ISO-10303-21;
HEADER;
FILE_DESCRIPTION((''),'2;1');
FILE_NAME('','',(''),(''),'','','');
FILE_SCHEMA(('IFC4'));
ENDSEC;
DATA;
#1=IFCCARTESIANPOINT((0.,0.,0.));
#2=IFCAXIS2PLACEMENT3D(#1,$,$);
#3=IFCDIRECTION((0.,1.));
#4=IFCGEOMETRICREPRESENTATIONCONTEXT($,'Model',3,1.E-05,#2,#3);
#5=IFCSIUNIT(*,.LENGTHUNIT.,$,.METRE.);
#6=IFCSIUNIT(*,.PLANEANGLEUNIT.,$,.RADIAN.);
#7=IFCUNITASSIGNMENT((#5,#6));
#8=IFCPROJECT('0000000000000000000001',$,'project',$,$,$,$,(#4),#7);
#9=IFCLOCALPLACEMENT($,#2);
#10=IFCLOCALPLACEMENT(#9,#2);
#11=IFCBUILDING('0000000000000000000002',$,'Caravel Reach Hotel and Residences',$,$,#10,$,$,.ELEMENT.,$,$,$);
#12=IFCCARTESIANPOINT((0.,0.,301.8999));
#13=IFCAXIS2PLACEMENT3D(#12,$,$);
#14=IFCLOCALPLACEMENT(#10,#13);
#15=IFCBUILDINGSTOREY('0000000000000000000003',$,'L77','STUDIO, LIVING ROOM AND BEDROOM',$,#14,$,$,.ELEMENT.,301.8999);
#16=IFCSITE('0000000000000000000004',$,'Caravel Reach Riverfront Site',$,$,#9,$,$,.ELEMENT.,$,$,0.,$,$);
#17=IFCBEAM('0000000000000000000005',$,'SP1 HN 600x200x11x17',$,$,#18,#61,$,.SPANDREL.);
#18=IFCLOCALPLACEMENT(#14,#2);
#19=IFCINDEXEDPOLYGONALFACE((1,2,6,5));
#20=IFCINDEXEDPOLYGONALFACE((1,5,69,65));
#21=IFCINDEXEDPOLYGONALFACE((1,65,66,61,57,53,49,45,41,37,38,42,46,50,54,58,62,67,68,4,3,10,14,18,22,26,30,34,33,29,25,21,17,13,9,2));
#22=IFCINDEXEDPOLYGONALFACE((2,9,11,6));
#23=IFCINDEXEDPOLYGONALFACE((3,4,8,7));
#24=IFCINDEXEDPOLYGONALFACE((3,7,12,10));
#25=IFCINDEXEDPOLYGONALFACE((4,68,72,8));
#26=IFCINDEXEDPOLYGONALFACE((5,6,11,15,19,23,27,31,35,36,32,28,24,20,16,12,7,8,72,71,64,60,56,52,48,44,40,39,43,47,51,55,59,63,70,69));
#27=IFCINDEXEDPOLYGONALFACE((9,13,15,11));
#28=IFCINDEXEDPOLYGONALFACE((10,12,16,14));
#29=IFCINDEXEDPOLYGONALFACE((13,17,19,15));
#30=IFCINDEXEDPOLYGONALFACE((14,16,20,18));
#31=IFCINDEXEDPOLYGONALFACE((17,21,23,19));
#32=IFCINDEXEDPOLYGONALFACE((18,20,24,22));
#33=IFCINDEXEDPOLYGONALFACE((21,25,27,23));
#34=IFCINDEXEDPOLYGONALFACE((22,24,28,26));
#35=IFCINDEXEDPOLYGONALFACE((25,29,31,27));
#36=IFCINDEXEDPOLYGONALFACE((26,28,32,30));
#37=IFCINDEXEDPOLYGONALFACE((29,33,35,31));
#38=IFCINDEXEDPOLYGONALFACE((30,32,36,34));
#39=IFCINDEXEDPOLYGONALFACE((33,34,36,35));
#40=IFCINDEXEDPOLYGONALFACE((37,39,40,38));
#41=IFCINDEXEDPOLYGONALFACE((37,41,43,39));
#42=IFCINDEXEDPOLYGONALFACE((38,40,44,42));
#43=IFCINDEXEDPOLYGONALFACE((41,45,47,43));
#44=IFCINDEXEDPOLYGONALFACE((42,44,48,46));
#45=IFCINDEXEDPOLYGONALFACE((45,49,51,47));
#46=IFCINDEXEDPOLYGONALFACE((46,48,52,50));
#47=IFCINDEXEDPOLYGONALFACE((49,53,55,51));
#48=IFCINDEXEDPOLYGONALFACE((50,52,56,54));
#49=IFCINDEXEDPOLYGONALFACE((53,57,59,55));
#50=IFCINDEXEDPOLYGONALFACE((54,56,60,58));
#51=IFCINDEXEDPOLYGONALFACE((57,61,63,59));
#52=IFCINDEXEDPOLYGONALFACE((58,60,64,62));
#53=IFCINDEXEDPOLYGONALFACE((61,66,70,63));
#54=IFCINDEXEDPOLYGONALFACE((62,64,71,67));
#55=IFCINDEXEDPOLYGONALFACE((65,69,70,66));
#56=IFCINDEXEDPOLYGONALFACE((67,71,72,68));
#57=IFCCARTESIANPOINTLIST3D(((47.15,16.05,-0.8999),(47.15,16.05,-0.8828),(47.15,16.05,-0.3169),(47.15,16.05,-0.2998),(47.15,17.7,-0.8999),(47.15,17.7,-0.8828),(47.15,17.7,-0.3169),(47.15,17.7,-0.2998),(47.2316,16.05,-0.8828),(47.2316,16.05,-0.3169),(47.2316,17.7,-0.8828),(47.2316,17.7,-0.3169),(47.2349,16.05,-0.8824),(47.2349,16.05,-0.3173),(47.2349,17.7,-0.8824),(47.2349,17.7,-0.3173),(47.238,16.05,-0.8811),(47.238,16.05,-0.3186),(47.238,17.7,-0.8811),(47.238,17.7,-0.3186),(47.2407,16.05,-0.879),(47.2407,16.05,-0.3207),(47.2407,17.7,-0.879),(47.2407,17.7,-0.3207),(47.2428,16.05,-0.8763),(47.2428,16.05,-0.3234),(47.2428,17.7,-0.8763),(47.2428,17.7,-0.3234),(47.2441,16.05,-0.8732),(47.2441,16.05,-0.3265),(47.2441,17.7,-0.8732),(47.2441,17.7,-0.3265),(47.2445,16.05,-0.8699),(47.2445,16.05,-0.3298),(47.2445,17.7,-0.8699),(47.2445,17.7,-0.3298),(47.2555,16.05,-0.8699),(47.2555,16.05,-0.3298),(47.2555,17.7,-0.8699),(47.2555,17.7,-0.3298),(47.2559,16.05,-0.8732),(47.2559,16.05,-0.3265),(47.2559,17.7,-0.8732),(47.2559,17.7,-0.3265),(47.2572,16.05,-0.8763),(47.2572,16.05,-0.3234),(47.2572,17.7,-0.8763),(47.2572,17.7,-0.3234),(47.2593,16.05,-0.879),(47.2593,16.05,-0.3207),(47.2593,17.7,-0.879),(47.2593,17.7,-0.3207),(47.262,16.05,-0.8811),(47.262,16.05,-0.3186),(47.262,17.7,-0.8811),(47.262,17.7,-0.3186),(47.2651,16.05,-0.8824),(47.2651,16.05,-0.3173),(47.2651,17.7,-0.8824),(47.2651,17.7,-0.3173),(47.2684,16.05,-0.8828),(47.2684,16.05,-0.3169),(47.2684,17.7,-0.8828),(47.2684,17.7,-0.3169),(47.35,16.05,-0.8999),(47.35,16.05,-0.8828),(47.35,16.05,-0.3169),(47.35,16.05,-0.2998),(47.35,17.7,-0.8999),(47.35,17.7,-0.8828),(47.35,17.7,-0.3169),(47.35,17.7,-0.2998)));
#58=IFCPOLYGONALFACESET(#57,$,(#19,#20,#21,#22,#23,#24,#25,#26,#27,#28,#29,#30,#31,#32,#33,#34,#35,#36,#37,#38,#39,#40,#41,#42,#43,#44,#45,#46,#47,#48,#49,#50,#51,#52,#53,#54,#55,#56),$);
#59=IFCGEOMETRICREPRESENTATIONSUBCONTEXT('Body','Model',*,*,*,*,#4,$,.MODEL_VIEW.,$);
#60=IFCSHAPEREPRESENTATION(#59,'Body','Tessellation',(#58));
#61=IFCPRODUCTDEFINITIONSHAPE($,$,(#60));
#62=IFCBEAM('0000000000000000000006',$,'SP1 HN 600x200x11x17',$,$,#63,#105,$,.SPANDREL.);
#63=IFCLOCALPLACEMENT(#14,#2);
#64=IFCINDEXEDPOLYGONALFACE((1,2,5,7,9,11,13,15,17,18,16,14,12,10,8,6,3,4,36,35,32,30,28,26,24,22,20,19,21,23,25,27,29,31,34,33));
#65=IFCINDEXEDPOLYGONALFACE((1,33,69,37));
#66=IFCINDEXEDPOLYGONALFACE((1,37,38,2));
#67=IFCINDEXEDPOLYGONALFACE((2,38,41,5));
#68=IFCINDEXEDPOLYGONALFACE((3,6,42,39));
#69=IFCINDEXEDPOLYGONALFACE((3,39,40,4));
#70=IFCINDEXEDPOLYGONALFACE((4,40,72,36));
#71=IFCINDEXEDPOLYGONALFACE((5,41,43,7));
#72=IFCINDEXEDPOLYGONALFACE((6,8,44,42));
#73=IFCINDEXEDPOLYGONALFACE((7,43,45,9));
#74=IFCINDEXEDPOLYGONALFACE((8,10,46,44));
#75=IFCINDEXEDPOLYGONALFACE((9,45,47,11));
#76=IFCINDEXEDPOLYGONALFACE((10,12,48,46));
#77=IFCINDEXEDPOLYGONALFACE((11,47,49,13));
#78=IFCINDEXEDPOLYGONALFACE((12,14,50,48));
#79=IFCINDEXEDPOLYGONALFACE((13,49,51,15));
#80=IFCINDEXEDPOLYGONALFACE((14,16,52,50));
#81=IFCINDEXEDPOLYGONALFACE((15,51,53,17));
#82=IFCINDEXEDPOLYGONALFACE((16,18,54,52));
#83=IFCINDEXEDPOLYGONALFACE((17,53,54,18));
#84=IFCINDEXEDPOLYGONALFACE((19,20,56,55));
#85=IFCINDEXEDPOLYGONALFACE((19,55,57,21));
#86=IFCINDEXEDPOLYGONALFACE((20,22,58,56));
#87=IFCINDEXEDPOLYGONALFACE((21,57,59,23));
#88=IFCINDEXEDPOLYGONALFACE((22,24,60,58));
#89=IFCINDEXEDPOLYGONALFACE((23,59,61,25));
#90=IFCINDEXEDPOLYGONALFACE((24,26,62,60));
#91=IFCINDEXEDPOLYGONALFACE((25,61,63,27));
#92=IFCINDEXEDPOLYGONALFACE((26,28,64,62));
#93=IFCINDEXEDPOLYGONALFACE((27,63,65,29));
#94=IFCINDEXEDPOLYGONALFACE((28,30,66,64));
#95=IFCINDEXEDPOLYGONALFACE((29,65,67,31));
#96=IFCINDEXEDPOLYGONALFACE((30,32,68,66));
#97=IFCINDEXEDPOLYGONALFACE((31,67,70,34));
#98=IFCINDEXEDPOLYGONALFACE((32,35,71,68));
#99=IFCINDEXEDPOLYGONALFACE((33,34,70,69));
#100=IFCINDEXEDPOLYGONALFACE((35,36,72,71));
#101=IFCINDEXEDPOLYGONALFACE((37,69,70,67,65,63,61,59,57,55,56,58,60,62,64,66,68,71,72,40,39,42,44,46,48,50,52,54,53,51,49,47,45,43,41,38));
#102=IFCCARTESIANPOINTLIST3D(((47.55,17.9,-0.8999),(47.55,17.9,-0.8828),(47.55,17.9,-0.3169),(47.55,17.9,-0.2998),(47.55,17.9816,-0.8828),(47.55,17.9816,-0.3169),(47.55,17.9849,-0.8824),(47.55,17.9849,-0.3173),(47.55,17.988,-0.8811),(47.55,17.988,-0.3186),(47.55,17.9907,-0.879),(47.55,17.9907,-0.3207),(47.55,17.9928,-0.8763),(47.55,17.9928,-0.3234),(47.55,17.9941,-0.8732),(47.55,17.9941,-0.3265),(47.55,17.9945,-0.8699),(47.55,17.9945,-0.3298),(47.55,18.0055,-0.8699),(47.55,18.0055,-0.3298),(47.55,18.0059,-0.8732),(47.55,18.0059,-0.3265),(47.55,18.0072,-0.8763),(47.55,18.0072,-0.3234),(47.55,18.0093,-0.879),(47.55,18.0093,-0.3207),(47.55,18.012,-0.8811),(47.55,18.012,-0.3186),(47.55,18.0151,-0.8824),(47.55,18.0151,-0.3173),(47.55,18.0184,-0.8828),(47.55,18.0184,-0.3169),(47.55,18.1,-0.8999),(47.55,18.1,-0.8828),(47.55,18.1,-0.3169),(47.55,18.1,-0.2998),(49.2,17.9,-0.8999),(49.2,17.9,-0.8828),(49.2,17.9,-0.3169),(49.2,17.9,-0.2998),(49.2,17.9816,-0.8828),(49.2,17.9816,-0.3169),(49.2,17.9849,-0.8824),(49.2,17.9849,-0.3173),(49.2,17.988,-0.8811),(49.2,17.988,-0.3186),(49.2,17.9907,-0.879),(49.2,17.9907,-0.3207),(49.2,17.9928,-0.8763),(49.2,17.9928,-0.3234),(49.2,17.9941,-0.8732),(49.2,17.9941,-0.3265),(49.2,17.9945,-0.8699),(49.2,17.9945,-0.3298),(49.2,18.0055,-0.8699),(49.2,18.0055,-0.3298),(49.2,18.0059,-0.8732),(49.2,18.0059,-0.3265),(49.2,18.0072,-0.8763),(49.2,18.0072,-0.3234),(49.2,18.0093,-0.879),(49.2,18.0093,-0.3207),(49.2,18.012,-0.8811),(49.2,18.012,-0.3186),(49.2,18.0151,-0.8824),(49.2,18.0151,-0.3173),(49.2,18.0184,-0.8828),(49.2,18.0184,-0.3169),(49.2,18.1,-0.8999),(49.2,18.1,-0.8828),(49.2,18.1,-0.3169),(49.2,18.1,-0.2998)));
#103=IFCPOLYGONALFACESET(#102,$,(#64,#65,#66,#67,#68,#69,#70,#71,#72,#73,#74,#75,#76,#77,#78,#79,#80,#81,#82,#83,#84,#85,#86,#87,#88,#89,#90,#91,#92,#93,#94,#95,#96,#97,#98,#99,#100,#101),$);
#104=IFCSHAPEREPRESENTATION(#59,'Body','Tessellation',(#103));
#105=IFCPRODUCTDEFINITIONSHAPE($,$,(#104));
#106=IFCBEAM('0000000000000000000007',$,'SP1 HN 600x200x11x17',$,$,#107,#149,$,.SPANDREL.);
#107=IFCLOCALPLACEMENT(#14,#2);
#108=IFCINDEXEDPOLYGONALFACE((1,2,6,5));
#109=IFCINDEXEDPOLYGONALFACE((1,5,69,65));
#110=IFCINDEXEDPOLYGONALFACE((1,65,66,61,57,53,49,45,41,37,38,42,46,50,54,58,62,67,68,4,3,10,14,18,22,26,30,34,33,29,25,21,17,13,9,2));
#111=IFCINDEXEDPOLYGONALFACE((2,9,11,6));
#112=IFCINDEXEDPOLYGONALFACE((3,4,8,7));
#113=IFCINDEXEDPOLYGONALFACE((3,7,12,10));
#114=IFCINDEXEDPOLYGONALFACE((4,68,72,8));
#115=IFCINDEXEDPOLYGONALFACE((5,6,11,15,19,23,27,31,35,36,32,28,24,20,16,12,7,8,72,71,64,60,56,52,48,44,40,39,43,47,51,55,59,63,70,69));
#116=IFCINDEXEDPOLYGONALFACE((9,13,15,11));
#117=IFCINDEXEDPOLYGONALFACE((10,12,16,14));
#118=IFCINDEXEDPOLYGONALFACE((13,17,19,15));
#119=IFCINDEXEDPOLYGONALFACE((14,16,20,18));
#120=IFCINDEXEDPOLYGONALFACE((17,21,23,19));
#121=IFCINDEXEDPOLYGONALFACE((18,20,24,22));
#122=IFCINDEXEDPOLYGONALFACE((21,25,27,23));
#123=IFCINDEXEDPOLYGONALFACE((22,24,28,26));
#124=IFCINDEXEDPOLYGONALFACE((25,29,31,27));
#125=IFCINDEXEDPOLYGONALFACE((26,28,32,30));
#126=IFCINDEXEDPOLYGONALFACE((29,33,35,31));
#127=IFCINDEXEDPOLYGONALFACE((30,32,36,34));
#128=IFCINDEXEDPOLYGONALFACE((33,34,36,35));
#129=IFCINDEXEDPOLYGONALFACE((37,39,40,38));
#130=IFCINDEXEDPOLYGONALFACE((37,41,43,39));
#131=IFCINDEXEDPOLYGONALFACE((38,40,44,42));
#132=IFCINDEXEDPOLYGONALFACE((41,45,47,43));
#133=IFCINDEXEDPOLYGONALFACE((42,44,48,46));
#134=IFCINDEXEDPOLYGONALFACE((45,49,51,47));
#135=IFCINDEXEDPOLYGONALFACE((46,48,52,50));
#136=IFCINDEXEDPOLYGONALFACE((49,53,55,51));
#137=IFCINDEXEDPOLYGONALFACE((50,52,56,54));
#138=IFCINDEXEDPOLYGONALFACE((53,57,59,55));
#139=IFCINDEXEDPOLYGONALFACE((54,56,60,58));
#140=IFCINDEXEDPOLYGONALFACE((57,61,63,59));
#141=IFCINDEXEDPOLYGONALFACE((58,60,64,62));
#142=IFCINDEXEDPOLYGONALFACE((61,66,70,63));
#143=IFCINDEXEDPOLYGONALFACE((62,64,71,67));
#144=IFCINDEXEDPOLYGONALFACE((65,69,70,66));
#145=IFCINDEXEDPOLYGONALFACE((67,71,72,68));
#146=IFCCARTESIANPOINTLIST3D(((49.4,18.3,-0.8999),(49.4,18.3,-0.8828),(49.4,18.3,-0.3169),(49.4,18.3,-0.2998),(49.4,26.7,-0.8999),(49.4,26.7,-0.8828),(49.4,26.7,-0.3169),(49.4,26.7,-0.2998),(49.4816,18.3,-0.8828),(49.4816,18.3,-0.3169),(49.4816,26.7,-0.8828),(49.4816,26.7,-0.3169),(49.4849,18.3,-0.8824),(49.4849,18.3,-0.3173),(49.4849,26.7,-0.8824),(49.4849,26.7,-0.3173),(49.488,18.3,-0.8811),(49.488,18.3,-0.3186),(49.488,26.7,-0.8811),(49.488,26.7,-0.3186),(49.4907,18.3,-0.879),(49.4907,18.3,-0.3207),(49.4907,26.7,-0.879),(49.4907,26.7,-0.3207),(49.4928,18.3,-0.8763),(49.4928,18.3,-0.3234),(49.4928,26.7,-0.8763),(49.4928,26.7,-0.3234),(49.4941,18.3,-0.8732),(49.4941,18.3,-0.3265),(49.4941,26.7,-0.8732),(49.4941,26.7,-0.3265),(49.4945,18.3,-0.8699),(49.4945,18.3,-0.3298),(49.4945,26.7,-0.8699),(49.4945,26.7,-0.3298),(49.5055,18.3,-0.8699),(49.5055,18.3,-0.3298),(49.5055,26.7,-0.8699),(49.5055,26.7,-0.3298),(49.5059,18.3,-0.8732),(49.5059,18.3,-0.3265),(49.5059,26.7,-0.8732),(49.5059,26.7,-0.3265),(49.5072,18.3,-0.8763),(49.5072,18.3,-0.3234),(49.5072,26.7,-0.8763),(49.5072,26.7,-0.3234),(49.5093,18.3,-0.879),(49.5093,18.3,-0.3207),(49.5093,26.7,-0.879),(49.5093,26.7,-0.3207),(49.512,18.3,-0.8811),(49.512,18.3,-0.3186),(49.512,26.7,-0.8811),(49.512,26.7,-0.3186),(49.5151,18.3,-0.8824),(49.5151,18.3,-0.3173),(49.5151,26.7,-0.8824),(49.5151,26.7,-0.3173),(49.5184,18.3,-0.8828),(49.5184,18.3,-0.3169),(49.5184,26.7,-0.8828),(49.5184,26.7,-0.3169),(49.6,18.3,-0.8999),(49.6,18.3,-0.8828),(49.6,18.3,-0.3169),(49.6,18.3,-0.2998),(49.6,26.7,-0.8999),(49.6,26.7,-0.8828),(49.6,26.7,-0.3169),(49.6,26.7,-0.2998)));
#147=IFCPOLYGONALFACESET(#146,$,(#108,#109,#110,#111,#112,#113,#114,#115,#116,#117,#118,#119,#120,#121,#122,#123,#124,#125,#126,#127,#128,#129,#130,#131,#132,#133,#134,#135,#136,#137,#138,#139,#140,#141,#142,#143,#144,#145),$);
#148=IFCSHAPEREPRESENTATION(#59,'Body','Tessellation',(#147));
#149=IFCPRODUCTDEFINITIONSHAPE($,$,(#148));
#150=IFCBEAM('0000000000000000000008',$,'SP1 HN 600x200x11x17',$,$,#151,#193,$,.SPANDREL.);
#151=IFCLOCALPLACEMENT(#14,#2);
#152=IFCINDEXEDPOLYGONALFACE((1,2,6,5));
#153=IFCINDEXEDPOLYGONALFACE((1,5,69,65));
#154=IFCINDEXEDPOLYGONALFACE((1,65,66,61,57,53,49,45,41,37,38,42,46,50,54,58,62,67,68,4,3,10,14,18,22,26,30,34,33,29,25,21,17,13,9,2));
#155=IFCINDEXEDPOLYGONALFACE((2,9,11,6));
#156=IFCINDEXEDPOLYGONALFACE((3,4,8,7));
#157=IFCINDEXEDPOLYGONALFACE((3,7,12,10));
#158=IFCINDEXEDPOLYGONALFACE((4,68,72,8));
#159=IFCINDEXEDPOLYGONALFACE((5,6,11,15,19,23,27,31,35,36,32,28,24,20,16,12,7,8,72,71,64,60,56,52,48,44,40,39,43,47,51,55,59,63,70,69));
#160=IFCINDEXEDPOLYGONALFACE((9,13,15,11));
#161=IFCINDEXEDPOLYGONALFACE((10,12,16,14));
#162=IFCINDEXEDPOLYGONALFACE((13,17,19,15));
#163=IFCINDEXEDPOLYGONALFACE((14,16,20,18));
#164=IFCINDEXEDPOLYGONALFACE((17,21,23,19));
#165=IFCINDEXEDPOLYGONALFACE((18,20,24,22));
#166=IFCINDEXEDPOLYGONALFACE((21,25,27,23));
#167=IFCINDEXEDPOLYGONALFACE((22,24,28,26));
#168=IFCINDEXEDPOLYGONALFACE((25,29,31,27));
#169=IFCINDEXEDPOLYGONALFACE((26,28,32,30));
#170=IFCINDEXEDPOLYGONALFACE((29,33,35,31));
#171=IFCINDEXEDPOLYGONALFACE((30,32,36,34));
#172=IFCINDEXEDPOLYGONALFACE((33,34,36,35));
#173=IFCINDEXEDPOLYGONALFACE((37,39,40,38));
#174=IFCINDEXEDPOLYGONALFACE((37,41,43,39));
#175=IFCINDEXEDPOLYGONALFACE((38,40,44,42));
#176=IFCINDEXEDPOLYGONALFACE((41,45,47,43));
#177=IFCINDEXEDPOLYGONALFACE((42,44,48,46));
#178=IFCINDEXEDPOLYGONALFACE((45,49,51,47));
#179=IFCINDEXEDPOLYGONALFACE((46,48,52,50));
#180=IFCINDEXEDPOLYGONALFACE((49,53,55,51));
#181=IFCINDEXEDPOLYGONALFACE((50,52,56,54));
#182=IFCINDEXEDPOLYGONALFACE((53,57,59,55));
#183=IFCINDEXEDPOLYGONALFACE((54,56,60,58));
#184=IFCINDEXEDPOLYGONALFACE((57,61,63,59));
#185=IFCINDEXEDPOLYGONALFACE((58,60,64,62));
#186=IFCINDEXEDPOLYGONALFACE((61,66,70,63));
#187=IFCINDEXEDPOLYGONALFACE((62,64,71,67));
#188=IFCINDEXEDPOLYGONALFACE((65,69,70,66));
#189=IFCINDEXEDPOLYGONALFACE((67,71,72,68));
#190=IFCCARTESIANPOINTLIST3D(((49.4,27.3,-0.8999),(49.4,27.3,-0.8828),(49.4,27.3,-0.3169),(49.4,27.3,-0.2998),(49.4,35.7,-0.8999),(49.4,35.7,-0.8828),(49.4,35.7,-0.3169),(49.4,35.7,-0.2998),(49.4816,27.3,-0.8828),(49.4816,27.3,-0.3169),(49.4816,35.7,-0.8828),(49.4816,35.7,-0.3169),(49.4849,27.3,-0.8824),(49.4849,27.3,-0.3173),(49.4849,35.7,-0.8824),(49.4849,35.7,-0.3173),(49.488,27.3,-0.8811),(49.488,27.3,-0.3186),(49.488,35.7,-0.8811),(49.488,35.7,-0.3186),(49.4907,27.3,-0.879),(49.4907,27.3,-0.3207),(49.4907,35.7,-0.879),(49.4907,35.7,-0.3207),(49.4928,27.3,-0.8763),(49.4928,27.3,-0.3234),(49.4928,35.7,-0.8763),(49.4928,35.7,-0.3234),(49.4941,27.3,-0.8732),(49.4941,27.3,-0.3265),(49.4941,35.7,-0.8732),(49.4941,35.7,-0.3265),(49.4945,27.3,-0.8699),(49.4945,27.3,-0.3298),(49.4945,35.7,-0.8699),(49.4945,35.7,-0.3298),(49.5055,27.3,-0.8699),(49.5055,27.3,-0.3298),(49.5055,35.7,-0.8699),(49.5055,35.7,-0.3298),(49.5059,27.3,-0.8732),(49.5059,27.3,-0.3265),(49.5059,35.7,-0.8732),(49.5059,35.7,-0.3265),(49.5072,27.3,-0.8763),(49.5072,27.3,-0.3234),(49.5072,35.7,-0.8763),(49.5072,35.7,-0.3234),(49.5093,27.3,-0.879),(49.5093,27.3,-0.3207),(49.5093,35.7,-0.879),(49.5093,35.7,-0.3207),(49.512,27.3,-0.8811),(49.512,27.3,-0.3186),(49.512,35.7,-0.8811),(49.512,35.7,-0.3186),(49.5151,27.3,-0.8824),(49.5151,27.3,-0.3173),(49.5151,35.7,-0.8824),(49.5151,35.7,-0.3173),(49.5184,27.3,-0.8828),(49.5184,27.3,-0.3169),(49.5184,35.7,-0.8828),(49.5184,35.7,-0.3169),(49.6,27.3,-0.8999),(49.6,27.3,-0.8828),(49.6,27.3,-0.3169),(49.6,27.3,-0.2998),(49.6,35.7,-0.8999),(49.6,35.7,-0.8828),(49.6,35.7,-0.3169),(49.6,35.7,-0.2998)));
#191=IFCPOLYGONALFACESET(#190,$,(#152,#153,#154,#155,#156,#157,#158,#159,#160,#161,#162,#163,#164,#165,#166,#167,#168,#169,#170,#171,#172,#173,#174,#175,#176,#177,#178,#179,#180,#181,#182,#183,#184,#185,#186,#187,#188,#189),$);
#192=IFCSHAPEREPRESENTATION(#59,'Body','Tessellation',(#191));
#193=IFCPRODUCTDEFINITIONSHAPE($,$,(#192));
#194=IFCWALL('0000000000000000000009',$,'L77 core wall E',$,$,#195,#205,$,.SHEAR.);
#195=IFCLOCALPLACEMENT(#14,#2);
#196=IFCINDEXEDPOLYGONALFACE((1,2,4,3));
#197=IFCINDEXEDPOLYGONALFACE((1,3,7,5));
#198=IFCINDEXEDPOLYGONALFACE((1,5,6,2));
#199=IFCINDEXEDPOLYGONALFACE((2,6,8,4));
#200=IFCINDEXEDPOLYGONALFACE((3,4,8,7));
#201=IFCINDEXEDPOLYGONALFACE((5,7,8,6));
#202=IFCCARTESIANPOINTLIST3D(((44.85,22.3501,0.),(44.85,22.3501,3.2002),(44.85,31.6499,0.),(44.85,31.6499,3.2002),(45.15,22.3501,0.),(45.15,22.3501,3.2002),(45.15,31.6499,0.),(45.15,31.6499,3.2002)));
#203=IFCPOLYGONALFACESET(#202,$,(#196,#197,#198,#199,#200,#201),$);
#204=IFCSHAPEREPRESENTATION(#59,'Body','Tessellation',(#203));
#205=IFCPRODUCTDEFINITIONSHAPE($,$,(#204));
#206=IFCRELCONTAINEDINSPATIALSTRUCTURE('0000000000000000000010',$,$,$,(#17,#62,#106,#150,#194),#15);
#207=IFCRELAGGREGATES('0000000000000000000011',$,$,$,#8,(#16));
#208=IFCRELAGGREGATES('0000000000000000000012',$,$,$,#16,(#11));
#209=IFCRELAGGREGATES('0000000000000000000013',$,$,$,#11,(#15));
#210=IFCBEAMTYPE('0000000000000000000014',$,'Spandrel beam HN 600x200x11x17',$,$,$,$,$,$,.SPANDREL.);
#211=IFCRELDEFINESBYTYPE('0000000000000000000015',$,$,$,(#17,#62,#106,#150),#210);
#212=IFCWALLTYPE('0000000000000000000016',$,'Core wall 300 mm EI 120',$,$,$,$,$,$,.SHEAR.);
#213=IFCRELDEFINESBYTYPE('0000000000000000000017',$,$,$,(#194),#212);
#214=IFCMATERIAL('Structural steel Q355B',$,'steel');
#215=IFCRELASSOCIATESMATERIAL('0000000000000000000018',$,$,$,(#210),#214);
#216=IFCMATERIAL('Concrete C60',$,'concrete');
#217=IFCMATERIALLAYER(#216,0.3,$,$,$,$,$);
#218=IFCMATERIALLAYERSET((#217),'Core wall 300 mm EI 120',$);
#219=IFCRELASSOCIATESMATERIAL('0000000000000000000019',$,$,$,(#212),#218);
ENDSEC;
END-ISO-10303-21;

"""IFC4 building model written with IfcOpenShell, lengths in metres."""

from ifc_helpers import new_model, si_unit, direction, frame, frame_2d, origin, origin_2d, place, context, subcontext, project, spatial, rectangle, i_section, extrude, material, layer, layer_set, material_profile, profile_set, type_object, element, save


model = new_model("IFC4")

# Units and contexts
model_context = context("Model", 3, precision=1e-05, world=origin(), true_north=direction((0.0, 1.0)))
body_context = subcontext(model_context, "Body", "Model", "MODEL_VIEW")
ifc_project = project(units=[si_unit("LENGTHUNIT", "METRE"), si_unit("PLANEANGLEUNIT", "RADIAN")], contexts=[model_context])

# Site, building, storey
site_placement = place(None, origin())
site = spatial("IfcSite", under=ifc_project, at=site_placement, Name="Caravel Reach Riverfront Site", CompositionType="ELEMENT", RefElevation=0.0)
building_placement = place(site_placement, origin())
building = spatial("IfcBuilding", under=site, at=building_placement, Name="Caravel Reach Hotel and Residences", CompositionType="ELEMENT")
storey_placement = place(building_placement, frame((0.0, 0.0, 301.8999)))
storey = spatial("IfcBuildingStorey", under=building, at=storey_placement, Name="L77", Description="STUDIO, LIVING ROOM AND BEDROOM", CompositionType="ELEMENT", Elevation=301.8999)

# Beams
ifc_material_1 = material(Name="Structural steel Q355B", Category="steel")
ifc_material_profile_1 = material_profile(ifc_material_1, i_section(OverallWidth=0.2, OverallDepth=0.6001, WebThickness=0.011, FlangeThickness=0.0171, FilletRadius=0.0129, at=origin_2d()), Name="HN 600x200x11x17")
ifc_profile_set_1 = profile_set([ifc_material_profile_1], Name="Structural steel Q355B")
beam_type = type_object("IfcBeamType", Name="Spandrel beam HN 600x200x11x17", PredefinedType="SPANDREL", material=ifc_profile_set_1)
for number, where, z_axis, x_axis, name in (
    (1, (47.25, 16.05, -0.5999), (0.0, 1.0, 0.0), (-1.0, 0.0, 0.0), "SP1 HN 600x200x11x17"),
    (2, (47.55, 18.0, -0.5999), (1.0, 0.0, 0.0), (0.0, 1.0, 0.0), "SP1 HN 600x200x11x17"),
):
    element("IfcBeam", number, at=place(storey_placement, frame(where, z_axis=z_axis, x_axis=x_axis)), inside=storey, type_object=beam_type, Name=name, PredefinedType="SPANDREL", context=body_context, shape_type="SweptSolid", body=[
        extrude(i_section(OverallWidth=0.2, OverallDepth=0.6001, WebThickness=0.011, FlangeThickness=0.0171, FilletRadius=0.0129, at=origin_2d()), origin(), (0.0, 0.0, 1.0), 1.6499),
    ])
for number, where, z_axis, x_axis, name in (
    (3, (49.5, 18.3, -0.5999), (0.0, 1.0, 0.0), (-1.0, 0.0, 0.0), "SP1 HN 600x200x11x17"),
    (4, (49.5, 27.3, -0.5999), (0.0, 1.0, 0.0), (-1.0, 0.0, 0.0), "SP1 HN 600x200x11x17"),
):
    element("IfcBeam", number, at=place(storey_placement, frame(where, z_axis=z_axis, x_axis=x_axis)), inside=storey, type_object=beam_type, Name=name, PredefinedType="SPANDREL", context=body_context, shape_type="SweptSolid", body=[
        extrude(i_section(OverallWidth=0.2, OverallDepth=0.6001, WebThickness=0.011, FlangeThickness=0.0171, FilletRadius=0.0129, at=origin_2d()), origin(), (0.0, 0.0, 1.0), 8.3999),
    ])

# Wall
ifc_material_2 = material(Name="Concrete C60", Category="concrete")
ifc_layer_1 = layer(ifc_material_2, 0.3)
ifc_layer_set_1 = layer_set([ifc_layer_1], Name="Core wall 300 mm EI 120")
wall_type_1 = type_object("IfcWallType", Name="Core wall 300 mm EI 120", PredefinedType="SHEAR", material=ifc_layer_set_1)
wall_1_placement = place(storey_placement, frame((45.0, 22.3501, 0.0), z_axis=(0.0, 0.0, 1.0), x_axis=(0.0, 1.0, 0.0)))
element("IfcWall", 5, at=wall_1_placement, inside=storey, type_object=wall_type_1, Name="L77 core wall E", PredefinedType="SHEAR", context=body_context, shape_type="SweptSolid", body=[
    extrude(rectangle(XDim=9.2998, YDim=0.3, at=frame_2d((4.6499, 0.0))), origin(), (0.0, 0.0, 1.0), 3.2002),
])

save(model, "model.ifc")
